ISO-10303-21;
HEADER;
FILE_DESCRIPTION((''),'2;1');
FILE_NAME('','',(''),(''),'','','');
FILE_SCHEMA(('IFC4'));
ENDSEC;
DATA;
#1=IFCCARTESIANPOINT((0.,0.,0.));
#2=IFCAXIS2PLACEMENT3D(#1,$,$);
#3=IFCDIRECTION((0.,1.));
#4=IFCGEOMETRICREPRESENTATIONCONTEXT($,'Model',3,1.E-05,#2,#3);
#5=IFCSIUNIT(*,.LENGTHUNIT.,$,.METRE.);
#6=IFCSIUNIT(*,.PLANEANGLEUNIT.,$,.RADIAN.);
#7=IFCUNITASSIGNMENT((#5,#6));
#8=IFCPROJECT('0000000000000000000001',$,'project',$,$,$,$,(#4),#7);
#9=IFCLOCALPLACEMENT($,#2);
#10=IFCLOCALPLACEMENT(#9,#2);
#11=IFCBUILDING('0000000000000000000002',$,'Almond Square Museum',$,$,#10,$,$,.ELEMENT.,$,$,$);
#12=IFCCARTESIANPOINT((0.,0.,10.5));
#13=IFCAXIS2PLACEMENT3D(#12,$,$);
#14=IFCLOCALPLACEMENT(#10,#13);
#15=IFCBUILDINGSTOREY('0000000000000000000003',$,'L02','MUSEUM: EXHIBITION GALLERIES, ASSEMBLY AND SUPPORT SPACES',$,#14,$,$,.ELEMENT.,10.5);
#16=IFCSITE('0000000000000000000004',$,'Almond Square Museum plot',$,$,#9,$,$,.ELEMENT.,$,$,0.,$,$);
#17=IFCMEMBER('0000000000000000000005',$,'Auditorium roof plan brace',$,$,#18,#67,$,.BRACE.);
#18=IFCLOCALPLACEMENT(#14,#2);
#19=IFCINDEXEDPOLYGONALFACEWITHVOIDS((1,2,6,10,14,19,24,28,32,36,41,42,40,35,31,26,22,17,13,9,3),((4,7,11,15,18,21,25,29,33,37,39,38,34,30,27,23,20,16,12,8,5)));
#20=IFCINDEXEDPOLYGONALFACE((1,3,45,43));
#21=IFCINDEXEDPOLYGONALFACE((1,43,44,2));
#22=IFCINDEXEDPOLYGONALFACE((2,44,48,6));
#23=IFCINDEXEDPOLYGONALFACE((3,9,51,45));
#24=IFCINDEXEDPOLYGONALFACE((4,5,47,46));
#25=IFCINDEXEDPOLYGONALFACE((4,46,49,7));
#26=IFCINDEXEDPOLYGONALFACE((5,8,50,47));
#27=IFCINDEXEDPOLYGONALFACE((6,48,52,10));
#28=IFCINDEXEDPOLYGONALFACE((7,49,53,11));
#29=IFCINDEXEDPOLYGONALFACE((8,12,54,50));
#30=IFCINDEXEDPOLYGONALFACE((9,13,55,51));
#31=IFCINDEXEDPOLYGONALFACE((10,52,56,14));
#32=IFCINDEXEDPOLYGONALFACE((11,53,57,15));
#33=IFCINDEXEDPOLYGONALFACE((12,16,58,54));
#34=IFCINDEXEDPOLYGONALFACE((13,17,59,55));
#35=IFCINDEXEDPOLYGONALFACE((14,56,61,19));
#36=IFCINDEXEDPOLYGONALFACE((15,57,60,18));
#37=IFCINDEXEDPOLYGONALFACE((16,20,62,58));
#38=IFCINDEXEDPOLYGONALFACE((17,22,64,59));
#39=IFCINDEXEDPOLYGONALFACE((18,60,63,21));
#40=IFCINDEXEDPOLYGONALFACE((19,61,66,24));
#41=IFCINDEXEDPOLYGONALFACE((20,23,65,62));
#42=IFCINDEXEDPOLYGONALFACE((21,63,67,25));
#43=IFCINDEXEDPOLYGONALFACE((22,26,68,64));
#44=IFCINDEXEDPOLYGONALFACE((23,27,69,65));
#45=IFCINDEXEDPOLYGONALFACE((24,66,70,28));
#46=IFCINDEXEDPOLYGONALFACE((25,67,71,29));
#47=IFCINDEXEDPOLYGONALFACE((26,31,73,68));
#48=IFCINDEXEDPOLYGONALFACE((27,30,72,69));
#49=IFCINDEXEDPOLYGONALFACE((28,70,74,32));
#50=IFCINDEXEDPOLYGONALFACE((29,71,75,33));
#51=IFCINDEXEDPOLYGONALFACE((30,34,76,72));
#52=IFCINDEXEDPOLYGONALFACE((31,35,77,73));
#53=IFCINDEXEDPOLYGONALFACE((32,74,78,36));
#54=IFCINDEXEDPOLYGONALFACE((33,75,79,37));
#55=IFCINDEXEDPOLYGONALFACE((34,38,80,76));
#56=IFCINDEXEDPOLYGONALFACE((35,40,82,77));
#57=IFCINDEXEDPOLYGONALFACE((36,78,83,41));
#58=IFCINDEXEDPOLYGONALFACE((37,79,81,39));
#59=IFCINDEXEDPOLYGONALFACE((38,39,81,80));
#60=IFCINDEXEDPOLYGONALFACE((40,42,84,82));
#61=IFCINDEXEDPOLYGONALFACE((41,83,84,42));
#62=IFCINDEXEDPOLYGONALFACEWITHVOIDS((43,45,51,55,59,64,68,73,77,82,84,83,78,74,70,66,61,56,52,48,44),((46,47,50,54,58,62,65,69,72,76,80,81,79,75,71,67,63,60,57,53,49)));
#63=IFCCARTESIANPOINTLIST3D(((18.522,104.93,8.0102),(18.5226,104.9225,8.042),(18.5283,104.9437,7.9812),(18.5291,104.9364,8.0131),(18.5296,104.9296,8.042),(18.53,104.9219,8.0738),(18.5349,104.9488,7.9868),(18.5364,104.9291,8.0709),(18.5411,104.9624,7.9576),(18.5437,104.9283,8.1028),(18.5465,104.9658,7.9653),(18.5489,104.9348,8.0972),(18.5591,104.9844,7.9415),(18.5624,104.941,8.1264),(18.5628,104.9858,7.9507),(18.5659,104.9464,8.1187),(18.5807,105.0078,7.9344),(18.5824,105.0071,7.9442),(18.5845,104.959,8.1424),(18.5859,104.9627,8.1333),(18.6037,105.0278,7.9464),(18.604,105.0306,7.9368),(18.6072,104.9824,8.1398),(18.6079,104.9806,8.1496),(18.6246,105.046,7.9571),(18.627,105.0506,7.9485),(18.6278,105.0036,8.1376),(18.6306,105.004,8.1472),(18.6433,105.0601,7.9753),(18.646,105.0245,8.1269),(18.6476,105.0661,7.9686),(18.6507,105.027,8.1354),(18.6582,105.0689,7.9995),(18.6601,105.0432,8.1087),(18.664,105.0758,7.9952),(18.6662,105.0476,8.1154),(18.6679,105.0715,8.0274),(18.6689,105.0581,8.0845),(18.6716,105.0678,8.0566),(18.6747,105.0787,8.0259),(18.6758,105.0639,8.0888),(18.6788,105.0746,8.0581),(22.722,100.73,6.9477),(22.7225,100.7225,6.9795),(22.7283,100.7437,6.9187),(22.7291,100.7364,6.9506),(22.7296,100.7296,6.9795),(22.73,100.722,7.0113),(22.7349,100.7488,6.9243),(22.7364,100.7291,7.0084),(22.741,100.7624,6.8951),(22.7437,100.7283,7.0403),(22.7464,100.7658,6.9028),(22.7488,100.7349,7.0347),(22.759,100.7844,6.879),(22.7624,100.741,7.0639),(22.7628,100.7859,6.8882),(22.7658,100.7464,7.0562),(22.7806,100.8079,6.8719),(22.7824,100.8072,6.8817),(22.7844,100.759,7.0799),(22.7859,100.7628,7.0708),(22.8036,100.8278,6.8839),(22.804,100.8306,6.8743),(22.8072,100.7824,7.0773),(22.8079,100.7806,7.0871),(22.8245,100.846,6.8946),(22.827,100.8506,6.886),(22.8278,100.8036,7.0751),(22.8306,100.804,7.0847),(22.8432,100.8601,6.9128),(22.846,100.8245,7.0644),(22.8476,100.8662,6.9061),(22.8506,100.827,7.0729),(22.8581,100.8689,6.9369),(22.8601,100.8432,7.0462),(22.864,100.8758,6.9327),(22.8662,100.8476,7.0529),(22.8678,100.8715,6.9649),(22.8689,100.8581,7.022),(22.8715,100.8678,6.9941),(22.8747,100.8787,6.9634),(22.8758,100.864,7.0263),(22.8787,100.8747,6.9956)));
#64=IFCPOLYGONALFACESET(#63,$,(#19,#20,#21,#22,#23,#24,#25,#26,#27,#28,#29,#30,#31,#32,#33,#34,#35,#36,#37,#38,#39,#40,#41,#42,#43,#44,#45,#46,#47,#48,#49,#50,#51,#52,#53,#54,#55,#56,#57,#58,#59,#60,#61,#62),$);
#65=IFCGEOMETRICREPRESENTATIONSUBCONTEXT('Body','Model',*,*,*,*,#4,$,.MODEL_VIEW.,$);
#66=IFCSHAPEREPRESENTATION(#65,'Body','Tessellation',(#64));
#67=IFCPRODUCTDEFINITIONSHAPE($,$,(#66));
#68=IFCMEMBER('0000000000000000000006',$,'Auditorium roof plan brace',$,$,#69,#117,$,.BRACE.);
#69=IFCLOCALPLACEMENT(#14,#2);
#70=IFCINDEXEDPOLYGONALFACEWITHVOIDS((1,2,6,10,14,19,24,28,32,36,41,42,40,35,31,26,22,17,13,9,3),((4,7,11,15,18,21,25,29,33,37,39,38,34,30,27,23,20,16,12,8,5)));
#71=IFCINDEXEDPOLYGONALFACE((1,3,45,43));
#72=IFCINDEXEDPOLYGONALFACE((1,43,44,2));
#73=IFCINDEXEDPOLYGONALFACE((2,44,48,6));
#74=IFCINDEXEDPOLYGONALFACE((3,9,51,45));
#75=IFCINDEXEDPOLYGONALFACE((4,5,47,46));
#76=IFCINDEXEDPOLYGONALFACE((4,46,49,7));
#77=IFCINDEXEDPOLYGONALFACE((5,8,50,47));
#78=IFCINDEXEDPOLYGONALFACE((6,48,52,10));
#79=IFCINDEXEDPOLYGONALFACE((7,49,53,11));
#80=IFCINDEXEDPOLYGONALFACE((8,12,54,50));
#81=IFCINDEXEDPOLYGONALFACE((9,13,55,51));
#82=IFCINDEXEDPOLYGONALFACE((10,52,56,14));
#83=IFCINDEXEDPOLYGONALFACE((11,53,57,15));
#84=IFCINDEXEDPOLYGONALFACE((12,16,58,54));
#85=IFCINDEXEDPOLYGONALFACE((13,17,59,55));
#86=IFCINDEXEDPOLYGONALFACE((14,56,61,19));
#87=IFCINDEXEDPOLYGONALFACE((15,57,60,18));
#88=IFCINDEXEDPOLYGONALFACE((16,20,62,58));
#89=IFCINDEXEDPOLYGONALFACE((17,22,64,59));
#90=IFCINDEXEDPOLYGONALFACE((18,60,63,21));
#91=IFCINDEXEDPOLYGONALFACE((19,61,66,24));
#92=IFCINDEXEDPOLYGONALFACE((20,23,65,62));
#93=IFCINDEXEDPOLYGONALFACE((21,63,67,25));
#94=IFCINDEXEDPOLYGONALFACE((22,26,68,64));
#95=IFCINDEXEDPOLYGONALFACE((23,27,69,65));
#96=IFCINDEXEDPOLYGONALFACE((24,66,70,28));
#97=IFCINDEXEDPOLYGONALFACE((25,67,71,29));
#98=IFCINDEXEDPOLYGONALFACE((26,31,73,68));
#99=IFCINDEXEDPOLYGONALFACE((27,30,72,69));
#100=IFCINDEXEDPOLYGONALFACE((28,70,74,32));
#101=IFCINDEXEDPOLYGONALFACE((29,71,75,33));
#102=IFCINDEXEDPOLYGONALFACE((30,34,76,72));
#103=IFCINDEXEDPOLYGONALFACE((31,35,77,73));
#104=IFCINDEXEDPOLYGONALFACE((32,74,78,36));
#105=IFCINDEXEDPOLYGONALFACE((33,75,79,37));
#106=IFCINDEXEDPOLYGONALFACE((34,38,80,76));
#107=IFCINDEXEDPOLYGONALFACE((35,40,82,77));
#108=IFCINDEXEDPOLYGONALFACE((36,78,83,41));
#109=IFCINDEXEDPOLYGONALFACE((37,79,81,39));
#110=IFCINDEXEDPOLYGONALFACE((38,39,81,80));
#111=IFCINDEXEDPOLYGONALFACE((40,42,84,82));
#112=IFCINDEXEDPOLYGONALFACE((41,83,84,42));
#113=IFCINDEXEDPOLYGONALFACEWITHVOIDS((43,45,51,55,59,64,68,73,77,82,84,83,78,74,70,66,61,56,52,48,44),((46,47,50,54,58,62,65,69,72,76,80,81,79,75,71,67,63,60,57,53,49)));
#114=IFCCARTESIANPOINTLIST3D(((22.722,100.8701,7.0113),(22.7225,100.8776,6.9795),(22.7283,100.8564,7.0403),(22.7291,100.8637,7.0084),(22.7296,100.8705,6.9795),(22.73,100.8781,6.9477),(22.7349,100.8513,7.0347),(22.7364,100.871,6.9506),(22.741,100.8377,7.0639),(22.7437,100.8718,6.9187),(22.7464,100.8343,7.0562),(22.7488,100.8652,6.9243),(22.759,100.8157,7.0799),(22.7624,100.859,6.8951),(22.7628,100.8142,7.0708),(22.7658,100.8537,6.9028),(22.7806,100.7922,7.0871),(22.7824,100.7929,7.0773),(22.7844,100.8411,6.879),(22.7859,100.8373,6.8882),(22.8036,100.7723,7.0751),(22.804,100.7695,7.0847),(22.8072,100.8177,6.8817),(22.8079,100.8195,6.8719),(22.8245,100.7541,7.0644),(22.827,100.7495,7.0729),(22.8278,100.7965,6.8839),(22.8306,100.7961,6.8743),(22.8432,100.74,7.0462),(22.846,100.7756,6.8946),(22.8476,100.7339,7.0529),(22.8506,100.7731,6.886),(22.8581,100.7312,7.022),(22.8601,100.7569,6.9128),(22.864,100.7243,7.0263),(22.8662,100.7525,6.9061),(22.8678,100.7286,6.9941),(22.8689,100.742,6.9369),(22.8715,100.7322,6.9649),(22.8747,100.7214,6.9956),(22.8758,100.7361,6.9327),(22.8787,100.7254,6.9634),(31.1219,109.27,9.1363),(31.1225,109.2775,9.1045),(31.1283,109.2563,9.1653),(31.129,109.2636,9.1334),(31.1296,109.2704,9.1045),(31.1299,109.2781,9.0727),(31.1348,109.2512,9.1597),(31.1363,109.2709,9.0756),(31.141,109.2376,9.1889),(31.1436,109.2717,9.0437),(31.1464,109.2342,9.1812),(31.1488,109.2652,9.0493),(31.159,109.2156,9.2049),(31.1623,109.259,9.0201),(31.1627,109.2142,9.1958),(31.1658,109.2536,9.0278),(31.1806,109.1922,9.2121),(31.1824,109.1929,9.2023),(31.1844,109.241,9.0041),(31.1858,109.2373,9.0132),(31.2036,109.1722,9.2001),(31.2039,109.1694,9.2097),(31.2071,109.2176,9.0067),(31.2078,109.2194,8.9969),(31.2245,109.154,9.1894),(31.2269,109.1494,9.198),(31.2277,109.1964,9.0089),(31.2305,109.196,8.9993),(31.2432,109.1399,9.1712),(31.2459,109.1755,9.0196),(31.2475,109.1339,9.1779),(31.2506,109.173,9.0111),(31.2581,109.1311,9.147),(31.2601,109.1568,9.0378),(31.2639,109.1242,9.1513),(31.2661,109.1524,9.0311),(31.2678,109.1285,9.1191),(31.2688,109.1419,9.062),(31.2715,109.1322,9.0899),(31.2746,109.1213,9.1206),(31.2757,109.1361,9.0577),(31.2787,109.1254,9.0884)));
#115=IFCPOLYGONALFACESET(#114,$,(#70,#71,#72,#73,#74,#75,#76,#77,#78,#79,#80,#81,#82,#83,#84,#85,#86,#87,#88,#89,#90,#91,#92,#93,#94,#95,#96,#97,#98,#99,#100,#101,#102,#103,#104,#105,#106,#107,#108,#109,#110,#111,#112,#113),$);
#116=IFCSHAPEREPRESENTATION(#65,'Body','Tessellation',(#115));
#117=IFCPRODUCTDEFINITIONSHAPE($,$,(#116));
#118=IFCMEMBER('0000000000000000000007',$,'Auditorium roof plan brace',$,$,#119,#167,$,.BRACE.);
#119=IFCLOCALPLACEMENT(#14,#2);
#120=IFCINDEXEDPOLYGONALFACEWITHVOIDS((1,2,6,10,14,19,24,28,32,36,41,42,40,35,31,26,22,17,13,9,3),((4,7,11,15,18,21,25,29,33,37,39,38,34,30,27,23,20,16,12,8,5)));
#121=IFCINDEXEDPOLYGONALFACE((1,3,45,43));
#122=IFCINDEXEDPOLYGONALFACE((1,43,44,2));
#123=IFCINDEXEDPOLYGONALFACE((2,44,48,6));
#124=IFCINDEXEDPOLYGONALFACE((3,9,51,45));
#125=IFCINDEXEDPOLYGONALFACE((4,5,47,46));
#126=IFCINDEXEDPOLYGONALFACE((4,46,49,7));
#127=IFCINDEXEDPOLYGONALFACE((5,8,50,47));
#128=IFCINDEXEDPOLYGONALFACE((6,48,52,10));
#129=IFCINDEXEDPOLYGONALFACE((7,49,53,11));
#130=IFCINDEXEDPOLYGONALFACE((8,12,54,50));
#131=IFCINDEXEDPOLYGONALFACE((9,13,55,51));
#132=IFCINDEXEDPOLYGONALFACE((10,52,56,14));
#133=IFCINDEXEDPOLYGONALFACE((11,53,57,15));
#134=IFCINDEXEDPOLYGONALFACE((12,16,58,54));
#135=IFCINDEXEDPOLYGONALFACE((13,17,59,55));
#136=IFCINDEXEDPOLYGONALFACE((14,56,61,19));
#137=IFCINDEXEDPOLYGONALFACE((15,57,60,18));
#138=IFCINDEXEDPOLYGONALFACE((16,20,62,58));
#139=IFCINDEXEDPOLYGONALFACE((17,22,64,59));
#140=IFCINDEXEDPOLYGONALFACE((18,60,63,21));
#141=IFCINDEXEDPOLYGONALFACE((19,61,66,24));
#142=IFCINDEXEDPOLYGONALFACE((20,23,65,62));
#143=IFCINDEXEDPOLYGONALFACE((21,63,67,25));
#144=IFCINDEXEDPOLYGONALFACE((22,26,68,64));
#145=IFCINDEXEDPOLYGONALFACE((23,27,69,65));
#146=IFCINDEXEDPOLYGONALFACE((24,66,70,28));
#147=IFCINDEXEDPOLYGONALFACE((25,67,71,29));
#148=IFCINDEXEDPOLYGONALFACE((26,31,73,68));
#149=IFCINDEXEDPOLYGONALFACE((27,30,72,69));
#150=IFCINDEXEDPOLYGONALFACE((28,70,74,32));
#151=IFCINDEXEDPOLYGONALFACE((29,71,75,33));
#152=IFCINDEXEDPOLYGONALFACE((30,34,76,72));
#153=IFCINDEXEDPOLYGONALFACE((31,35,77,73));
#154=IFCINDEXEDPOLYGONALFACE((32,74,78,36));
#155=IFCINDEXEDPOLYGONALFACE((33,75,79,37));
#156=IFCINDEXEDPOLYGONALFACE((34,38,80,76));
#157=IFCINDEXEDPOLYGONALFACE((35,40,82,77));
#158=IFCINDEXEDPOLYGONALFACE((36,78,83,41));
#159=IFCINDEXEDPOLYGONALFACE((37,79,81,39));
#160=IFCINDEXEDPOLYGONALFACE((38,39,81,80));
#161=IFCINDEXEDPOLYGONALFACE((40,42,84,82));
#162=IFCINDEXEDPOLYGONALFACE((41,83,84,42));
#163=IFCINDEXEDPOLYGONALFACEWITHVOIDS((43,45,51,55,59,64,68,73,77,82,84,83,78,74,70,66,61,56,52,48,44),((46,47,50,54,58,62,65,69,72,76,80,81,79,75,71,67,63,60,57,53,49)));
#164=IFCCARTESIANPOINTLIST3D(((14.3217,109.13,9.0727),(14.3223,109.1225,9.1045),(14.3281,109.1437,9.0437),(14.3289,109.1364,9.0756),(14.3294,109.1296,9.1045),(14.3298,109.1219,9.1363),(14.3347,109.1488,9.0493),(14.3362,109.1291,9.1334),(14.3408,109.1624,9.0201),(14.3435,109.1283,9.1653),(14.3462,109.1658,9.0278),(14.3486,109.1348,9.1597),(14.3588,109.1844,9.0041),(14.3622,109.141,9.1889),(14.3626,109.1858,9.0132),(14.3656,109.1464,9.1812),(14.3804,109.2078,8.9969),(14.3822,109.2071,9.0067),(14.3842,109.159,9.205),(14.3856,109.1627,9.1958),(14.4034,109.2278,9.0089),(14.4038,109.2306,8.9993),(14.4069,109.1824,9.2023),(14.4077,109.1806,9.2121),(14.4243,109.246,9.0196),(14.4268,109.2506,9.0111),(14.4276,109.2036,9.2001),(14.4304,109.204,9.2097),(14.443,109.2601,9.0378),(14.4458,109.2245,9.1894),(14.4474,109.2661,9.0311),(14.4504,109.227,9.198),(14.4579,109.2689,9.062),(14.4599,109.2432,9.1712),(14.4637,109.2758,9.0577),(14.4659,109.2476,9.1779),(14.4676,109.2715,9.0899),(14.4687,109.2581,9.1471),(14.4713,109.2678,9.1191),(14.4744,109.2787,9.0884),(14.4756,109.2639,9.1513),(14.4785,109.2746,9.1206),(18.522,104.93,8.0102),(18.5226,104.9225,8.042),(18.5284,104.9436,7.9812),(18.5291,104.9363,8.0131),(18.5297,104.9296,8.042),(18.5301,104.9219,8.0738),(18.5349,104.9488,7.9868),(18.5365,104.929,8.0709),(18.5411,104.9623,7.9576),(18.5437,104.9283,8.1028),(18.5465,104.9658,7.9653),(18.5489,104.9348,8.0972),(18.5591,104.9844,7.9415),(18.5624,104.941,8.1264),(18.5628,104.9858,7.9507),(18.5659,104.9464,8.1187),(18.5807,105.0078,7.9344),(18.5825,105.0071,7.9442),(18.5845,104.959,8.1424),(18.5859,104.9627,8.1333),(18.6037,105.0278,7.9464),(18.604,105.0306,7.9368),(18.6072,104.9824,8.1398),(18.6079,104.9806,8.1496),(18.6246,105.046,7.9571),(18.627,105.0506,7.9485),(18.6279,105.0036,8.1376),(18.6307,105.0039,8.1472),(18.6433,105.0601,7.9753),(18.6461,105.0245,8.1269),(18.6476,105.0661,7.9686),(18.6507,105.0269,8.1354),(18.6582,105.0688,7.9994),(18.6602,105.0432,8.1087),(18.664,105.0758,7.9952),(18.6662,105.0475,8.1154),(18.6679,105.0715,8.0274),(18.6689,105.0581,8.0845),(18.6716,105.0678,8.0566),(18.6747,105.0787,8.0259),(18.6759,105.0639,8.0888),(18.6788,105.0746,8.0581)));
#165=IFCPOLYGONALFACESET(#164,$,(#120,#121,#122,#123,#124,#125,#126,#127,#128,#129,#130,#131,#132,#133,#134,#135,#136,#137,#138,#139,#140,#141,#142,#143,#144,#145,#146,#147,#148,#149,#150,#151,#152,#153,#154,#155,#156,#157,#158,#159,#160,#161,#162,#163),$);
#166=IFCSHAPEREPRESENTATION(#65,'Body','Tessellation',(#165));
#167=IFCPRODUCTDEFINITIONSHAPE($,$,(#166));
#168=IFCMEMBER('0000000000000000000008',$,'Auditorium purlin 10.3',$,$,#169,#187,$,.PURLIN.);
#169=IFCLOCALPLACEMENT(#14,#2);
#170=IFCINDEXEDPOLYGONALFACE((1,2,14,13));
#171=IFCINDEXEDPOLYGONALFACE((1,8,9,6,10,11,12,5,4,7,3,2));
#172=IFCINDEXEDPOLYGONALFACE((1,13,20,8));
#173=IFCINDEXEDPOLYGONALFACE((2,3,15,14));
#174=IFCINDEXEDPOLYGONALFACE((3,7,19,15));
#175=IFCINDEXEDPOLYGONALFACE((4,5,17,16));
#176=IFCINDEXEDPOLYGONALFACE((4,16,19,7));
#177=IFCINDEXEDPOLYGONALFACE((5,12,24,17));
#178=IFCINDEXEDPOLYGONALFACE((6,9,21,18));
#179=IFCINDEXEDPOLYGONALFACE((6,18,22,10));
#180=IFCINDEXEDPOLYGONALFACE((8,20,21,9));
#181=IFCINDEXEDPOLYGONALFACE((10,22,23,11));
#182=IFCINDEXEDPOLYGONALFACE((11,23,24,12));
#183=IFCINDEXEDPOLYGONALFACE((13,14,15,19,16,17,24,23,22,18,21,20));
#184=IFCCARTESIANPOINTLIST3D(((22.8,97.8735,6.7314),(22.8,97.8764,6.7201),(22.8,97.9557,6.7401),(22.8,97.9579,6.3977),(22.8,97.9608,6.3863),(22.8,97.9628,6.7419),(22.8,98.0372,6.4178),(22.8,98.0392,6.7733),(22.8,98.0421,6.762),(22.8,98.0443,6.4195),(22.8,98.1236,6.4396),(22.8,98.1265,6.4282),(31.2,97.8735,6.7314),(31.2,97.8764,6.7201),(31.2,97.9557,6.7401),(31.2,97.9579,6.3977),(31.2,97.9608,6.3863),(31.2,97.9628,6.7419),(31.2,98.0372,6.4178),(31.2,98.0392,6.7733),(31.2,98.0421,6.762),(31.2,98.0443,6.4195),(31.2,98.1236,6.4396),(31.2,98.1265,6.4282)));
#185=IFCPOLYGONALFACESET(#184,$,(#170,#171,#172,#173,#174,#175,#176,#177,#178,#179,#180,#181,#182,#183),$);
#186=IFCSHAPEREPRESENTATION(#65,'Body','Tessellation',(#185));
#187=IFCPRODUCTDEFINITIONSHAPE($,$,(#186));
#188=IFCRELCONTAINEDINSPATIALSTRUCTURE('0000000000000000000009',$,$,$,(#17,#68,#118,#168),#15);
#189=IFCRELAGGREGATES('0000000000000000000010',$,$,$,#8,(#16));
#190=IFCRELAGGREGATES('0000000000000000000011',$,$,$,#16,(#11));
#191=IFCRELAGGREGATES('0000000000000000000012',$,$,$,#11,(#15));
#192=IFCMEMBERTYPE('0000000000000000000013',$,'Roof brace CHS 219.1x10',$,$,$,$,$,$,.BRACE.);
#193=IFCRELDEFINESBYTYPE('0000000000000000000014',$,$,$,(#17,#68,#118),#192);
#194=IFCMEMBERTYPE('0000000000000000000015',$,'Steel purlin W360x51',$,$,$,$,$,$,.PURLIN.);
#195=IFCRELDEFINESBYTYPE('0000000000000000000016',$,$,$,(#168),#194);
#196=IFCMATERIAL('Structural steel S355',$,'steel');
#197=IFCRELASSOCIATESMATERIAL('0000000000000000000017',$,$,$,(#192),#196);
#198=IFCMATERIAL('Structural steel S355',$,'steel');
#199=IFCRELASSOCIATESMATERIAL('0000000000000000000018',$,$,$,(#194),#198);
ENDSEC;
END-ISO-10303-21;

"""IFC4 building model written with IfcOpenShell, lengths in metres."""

from ifc_helpers import new_model, si_unit, direction, frame, origin, origin_2d, place, context, subcontext, project, spatial, hollow_circle, i_section, extrude, material, material_profile, profile_set, type_object, element, save


model = new_model("IFC4")

# Units and contexts
model_context = context("Model", 3, precision=1e-05, world=origin(), true_north=direction((0.0, 1.0)))
body_context = subcontext(model_context, "Body", "Model", "MODEL_VIEW")
ifc_project = project(units=[si_unit("LENGTHUNIT", "METRE"), si_unit("PLANEANGLEUNIT", "RADIAN")], contexts=[model_context])

# Site, building, storey
site_placement = place(None, origin())
site = spatial("IfcSite", under=ifc_project, at=site_placement, Name="Almond Square Museum plot", CompositionType="ELEMENT", RefElevation=0.0)
building_placement = place(site_placement, origin())
building = spatial("IfcBuilding", under=site, at=building_placement, Name="Almond Square Museum", CompositionType="ELEMENT")
storey_placement = place(building_placement, frame((0.0, 0.0, 10.5)))
storey = spatial("IfcBuildingStorey", under=building, at=storey_placement, Name="L02", Description="MUSEUM: EXHIBITION GALLERIES, ASSEMBLY AND SUPPORT SPACES", CompositionType="ELEMENT", Elevation=10.5)

# Members
ifc_material_1 = material(Name="Structural steel S355", Category="steel")
ifc_material_profile_1 = material_profile(ifc_material_1, hollow_circle(Radius=0.1096, WallThickness=0.01, at=origin_2d()))
ifc_profile_set_1 = profile_set([ifc_material_profile_1], Name="Structural steel S355")
member_type_1 = type_object("IfcMemberType", Name="Roof brace CHS 219.1x10", PredefinedType="BRACE", material=ifc_profile_set_1)
member_1_placement = place(storey_placement, frame((22.8, 100.8, 6.9795), z_axis=(-0.696058, 0.696058, 0.176088), x_axis=(-0.707107, -0.707107, 0.0)))
element("IfcMember", 1, at=member_1_placement, inside=storey, type_object=member_type_1, Name="Auditorium roof plan brace", PredefinedType="BRACE", context=body_context, shape_type="SweptSolid", body=[
    extrude(hollow_circle(Radius=0.1096, WallThickness=0.01, at=origin_2d()), origin(), (0.0, 0.0, 1.0), 6.0339),
])
member_2_placement = place(storey_placement, frame((22.8, 100.8, 6.9795), z_axis=(0.696058, 0.696058, 0.176088), x_axis=(-0.707107, 0.707107, 0.0)))
element("IfcMember", 2, at=member_2_placement, inside=storey, type_object=member_type_1, Name="Auditorium roof plan brace", PredefinedType="BRACE", context=body_context, shape_type="SweptSolid", body=[
    extrude(hollow_circle(Radius=0.1096, WallThickness=0.01, at=origin_2d()), origin(), (0.0, 0.0, 1.0), 12.0679),
])
member_3_placement = place(storey_placement, frame((18.6001, 105.0, 8.042), z_axis=(-0.696079, 0.696038, 0.176083), x_axis=(-0.707086, -0.707127, 0.0)))
element("IfcMember", 3, at=member_3_placement, inside=storey, type_object=member_type_1, Name="Auditorium roof plan brace", PredefinedType="BRACE", context=body_context, shape_type="SweptSolid", body=[
    extrude(hollow_circle(Radius=0.1096, WallThickness=0.01, at=origin_2d()), origin(), (0.0, 0.0, 1.0), 6.0342),
])
ifc_material_2 = material(Name="Structural steel S355", Category="steel")
ifc_material_profile_2 = material_profile(ifc_material_2, i_section(OverallWidth=0.1709, OverallDepth=0.356, WebThickness=0.0073, FlangeThickness=0.0117, at=origin_2d()))
ifc_profile_set_2 = profile_set([ifc_material_profile_2], Name="Structural steel S355")
member_type_2 = type_object("IfcMemberType", Name="Steel purlin W360x51", PredefinedType="PURLIN", material=ifc_profile_set_2)
for number, where, z_axis, x_axis, name in (
    (4, (22.8, 98.0, 6.5798), (1.0, 0.0, 0.0), (0.0, 0.96946, 0.24525), "Auditorium purlin 10.3"),
):
    element("IfcMember", number, at=place(storey_placement, frame(where, z_axis=z_axis, x_axis=x_axis)), inside=storey, type_object=member_type_2, Name=name, PredefinedType="PURLIN", context=body_context, shape_type="SweptSolid", body=[
        extrude(i_section(OverallWidth=0.1709, OverallDepth=0.356, WebThickness=0.0073, FlangeThickness=0.0117, at=origin_2d()), origin(), (0.0, 0.0, 1.0), 8.3999),
    ])

save(model, "model.ifc")
